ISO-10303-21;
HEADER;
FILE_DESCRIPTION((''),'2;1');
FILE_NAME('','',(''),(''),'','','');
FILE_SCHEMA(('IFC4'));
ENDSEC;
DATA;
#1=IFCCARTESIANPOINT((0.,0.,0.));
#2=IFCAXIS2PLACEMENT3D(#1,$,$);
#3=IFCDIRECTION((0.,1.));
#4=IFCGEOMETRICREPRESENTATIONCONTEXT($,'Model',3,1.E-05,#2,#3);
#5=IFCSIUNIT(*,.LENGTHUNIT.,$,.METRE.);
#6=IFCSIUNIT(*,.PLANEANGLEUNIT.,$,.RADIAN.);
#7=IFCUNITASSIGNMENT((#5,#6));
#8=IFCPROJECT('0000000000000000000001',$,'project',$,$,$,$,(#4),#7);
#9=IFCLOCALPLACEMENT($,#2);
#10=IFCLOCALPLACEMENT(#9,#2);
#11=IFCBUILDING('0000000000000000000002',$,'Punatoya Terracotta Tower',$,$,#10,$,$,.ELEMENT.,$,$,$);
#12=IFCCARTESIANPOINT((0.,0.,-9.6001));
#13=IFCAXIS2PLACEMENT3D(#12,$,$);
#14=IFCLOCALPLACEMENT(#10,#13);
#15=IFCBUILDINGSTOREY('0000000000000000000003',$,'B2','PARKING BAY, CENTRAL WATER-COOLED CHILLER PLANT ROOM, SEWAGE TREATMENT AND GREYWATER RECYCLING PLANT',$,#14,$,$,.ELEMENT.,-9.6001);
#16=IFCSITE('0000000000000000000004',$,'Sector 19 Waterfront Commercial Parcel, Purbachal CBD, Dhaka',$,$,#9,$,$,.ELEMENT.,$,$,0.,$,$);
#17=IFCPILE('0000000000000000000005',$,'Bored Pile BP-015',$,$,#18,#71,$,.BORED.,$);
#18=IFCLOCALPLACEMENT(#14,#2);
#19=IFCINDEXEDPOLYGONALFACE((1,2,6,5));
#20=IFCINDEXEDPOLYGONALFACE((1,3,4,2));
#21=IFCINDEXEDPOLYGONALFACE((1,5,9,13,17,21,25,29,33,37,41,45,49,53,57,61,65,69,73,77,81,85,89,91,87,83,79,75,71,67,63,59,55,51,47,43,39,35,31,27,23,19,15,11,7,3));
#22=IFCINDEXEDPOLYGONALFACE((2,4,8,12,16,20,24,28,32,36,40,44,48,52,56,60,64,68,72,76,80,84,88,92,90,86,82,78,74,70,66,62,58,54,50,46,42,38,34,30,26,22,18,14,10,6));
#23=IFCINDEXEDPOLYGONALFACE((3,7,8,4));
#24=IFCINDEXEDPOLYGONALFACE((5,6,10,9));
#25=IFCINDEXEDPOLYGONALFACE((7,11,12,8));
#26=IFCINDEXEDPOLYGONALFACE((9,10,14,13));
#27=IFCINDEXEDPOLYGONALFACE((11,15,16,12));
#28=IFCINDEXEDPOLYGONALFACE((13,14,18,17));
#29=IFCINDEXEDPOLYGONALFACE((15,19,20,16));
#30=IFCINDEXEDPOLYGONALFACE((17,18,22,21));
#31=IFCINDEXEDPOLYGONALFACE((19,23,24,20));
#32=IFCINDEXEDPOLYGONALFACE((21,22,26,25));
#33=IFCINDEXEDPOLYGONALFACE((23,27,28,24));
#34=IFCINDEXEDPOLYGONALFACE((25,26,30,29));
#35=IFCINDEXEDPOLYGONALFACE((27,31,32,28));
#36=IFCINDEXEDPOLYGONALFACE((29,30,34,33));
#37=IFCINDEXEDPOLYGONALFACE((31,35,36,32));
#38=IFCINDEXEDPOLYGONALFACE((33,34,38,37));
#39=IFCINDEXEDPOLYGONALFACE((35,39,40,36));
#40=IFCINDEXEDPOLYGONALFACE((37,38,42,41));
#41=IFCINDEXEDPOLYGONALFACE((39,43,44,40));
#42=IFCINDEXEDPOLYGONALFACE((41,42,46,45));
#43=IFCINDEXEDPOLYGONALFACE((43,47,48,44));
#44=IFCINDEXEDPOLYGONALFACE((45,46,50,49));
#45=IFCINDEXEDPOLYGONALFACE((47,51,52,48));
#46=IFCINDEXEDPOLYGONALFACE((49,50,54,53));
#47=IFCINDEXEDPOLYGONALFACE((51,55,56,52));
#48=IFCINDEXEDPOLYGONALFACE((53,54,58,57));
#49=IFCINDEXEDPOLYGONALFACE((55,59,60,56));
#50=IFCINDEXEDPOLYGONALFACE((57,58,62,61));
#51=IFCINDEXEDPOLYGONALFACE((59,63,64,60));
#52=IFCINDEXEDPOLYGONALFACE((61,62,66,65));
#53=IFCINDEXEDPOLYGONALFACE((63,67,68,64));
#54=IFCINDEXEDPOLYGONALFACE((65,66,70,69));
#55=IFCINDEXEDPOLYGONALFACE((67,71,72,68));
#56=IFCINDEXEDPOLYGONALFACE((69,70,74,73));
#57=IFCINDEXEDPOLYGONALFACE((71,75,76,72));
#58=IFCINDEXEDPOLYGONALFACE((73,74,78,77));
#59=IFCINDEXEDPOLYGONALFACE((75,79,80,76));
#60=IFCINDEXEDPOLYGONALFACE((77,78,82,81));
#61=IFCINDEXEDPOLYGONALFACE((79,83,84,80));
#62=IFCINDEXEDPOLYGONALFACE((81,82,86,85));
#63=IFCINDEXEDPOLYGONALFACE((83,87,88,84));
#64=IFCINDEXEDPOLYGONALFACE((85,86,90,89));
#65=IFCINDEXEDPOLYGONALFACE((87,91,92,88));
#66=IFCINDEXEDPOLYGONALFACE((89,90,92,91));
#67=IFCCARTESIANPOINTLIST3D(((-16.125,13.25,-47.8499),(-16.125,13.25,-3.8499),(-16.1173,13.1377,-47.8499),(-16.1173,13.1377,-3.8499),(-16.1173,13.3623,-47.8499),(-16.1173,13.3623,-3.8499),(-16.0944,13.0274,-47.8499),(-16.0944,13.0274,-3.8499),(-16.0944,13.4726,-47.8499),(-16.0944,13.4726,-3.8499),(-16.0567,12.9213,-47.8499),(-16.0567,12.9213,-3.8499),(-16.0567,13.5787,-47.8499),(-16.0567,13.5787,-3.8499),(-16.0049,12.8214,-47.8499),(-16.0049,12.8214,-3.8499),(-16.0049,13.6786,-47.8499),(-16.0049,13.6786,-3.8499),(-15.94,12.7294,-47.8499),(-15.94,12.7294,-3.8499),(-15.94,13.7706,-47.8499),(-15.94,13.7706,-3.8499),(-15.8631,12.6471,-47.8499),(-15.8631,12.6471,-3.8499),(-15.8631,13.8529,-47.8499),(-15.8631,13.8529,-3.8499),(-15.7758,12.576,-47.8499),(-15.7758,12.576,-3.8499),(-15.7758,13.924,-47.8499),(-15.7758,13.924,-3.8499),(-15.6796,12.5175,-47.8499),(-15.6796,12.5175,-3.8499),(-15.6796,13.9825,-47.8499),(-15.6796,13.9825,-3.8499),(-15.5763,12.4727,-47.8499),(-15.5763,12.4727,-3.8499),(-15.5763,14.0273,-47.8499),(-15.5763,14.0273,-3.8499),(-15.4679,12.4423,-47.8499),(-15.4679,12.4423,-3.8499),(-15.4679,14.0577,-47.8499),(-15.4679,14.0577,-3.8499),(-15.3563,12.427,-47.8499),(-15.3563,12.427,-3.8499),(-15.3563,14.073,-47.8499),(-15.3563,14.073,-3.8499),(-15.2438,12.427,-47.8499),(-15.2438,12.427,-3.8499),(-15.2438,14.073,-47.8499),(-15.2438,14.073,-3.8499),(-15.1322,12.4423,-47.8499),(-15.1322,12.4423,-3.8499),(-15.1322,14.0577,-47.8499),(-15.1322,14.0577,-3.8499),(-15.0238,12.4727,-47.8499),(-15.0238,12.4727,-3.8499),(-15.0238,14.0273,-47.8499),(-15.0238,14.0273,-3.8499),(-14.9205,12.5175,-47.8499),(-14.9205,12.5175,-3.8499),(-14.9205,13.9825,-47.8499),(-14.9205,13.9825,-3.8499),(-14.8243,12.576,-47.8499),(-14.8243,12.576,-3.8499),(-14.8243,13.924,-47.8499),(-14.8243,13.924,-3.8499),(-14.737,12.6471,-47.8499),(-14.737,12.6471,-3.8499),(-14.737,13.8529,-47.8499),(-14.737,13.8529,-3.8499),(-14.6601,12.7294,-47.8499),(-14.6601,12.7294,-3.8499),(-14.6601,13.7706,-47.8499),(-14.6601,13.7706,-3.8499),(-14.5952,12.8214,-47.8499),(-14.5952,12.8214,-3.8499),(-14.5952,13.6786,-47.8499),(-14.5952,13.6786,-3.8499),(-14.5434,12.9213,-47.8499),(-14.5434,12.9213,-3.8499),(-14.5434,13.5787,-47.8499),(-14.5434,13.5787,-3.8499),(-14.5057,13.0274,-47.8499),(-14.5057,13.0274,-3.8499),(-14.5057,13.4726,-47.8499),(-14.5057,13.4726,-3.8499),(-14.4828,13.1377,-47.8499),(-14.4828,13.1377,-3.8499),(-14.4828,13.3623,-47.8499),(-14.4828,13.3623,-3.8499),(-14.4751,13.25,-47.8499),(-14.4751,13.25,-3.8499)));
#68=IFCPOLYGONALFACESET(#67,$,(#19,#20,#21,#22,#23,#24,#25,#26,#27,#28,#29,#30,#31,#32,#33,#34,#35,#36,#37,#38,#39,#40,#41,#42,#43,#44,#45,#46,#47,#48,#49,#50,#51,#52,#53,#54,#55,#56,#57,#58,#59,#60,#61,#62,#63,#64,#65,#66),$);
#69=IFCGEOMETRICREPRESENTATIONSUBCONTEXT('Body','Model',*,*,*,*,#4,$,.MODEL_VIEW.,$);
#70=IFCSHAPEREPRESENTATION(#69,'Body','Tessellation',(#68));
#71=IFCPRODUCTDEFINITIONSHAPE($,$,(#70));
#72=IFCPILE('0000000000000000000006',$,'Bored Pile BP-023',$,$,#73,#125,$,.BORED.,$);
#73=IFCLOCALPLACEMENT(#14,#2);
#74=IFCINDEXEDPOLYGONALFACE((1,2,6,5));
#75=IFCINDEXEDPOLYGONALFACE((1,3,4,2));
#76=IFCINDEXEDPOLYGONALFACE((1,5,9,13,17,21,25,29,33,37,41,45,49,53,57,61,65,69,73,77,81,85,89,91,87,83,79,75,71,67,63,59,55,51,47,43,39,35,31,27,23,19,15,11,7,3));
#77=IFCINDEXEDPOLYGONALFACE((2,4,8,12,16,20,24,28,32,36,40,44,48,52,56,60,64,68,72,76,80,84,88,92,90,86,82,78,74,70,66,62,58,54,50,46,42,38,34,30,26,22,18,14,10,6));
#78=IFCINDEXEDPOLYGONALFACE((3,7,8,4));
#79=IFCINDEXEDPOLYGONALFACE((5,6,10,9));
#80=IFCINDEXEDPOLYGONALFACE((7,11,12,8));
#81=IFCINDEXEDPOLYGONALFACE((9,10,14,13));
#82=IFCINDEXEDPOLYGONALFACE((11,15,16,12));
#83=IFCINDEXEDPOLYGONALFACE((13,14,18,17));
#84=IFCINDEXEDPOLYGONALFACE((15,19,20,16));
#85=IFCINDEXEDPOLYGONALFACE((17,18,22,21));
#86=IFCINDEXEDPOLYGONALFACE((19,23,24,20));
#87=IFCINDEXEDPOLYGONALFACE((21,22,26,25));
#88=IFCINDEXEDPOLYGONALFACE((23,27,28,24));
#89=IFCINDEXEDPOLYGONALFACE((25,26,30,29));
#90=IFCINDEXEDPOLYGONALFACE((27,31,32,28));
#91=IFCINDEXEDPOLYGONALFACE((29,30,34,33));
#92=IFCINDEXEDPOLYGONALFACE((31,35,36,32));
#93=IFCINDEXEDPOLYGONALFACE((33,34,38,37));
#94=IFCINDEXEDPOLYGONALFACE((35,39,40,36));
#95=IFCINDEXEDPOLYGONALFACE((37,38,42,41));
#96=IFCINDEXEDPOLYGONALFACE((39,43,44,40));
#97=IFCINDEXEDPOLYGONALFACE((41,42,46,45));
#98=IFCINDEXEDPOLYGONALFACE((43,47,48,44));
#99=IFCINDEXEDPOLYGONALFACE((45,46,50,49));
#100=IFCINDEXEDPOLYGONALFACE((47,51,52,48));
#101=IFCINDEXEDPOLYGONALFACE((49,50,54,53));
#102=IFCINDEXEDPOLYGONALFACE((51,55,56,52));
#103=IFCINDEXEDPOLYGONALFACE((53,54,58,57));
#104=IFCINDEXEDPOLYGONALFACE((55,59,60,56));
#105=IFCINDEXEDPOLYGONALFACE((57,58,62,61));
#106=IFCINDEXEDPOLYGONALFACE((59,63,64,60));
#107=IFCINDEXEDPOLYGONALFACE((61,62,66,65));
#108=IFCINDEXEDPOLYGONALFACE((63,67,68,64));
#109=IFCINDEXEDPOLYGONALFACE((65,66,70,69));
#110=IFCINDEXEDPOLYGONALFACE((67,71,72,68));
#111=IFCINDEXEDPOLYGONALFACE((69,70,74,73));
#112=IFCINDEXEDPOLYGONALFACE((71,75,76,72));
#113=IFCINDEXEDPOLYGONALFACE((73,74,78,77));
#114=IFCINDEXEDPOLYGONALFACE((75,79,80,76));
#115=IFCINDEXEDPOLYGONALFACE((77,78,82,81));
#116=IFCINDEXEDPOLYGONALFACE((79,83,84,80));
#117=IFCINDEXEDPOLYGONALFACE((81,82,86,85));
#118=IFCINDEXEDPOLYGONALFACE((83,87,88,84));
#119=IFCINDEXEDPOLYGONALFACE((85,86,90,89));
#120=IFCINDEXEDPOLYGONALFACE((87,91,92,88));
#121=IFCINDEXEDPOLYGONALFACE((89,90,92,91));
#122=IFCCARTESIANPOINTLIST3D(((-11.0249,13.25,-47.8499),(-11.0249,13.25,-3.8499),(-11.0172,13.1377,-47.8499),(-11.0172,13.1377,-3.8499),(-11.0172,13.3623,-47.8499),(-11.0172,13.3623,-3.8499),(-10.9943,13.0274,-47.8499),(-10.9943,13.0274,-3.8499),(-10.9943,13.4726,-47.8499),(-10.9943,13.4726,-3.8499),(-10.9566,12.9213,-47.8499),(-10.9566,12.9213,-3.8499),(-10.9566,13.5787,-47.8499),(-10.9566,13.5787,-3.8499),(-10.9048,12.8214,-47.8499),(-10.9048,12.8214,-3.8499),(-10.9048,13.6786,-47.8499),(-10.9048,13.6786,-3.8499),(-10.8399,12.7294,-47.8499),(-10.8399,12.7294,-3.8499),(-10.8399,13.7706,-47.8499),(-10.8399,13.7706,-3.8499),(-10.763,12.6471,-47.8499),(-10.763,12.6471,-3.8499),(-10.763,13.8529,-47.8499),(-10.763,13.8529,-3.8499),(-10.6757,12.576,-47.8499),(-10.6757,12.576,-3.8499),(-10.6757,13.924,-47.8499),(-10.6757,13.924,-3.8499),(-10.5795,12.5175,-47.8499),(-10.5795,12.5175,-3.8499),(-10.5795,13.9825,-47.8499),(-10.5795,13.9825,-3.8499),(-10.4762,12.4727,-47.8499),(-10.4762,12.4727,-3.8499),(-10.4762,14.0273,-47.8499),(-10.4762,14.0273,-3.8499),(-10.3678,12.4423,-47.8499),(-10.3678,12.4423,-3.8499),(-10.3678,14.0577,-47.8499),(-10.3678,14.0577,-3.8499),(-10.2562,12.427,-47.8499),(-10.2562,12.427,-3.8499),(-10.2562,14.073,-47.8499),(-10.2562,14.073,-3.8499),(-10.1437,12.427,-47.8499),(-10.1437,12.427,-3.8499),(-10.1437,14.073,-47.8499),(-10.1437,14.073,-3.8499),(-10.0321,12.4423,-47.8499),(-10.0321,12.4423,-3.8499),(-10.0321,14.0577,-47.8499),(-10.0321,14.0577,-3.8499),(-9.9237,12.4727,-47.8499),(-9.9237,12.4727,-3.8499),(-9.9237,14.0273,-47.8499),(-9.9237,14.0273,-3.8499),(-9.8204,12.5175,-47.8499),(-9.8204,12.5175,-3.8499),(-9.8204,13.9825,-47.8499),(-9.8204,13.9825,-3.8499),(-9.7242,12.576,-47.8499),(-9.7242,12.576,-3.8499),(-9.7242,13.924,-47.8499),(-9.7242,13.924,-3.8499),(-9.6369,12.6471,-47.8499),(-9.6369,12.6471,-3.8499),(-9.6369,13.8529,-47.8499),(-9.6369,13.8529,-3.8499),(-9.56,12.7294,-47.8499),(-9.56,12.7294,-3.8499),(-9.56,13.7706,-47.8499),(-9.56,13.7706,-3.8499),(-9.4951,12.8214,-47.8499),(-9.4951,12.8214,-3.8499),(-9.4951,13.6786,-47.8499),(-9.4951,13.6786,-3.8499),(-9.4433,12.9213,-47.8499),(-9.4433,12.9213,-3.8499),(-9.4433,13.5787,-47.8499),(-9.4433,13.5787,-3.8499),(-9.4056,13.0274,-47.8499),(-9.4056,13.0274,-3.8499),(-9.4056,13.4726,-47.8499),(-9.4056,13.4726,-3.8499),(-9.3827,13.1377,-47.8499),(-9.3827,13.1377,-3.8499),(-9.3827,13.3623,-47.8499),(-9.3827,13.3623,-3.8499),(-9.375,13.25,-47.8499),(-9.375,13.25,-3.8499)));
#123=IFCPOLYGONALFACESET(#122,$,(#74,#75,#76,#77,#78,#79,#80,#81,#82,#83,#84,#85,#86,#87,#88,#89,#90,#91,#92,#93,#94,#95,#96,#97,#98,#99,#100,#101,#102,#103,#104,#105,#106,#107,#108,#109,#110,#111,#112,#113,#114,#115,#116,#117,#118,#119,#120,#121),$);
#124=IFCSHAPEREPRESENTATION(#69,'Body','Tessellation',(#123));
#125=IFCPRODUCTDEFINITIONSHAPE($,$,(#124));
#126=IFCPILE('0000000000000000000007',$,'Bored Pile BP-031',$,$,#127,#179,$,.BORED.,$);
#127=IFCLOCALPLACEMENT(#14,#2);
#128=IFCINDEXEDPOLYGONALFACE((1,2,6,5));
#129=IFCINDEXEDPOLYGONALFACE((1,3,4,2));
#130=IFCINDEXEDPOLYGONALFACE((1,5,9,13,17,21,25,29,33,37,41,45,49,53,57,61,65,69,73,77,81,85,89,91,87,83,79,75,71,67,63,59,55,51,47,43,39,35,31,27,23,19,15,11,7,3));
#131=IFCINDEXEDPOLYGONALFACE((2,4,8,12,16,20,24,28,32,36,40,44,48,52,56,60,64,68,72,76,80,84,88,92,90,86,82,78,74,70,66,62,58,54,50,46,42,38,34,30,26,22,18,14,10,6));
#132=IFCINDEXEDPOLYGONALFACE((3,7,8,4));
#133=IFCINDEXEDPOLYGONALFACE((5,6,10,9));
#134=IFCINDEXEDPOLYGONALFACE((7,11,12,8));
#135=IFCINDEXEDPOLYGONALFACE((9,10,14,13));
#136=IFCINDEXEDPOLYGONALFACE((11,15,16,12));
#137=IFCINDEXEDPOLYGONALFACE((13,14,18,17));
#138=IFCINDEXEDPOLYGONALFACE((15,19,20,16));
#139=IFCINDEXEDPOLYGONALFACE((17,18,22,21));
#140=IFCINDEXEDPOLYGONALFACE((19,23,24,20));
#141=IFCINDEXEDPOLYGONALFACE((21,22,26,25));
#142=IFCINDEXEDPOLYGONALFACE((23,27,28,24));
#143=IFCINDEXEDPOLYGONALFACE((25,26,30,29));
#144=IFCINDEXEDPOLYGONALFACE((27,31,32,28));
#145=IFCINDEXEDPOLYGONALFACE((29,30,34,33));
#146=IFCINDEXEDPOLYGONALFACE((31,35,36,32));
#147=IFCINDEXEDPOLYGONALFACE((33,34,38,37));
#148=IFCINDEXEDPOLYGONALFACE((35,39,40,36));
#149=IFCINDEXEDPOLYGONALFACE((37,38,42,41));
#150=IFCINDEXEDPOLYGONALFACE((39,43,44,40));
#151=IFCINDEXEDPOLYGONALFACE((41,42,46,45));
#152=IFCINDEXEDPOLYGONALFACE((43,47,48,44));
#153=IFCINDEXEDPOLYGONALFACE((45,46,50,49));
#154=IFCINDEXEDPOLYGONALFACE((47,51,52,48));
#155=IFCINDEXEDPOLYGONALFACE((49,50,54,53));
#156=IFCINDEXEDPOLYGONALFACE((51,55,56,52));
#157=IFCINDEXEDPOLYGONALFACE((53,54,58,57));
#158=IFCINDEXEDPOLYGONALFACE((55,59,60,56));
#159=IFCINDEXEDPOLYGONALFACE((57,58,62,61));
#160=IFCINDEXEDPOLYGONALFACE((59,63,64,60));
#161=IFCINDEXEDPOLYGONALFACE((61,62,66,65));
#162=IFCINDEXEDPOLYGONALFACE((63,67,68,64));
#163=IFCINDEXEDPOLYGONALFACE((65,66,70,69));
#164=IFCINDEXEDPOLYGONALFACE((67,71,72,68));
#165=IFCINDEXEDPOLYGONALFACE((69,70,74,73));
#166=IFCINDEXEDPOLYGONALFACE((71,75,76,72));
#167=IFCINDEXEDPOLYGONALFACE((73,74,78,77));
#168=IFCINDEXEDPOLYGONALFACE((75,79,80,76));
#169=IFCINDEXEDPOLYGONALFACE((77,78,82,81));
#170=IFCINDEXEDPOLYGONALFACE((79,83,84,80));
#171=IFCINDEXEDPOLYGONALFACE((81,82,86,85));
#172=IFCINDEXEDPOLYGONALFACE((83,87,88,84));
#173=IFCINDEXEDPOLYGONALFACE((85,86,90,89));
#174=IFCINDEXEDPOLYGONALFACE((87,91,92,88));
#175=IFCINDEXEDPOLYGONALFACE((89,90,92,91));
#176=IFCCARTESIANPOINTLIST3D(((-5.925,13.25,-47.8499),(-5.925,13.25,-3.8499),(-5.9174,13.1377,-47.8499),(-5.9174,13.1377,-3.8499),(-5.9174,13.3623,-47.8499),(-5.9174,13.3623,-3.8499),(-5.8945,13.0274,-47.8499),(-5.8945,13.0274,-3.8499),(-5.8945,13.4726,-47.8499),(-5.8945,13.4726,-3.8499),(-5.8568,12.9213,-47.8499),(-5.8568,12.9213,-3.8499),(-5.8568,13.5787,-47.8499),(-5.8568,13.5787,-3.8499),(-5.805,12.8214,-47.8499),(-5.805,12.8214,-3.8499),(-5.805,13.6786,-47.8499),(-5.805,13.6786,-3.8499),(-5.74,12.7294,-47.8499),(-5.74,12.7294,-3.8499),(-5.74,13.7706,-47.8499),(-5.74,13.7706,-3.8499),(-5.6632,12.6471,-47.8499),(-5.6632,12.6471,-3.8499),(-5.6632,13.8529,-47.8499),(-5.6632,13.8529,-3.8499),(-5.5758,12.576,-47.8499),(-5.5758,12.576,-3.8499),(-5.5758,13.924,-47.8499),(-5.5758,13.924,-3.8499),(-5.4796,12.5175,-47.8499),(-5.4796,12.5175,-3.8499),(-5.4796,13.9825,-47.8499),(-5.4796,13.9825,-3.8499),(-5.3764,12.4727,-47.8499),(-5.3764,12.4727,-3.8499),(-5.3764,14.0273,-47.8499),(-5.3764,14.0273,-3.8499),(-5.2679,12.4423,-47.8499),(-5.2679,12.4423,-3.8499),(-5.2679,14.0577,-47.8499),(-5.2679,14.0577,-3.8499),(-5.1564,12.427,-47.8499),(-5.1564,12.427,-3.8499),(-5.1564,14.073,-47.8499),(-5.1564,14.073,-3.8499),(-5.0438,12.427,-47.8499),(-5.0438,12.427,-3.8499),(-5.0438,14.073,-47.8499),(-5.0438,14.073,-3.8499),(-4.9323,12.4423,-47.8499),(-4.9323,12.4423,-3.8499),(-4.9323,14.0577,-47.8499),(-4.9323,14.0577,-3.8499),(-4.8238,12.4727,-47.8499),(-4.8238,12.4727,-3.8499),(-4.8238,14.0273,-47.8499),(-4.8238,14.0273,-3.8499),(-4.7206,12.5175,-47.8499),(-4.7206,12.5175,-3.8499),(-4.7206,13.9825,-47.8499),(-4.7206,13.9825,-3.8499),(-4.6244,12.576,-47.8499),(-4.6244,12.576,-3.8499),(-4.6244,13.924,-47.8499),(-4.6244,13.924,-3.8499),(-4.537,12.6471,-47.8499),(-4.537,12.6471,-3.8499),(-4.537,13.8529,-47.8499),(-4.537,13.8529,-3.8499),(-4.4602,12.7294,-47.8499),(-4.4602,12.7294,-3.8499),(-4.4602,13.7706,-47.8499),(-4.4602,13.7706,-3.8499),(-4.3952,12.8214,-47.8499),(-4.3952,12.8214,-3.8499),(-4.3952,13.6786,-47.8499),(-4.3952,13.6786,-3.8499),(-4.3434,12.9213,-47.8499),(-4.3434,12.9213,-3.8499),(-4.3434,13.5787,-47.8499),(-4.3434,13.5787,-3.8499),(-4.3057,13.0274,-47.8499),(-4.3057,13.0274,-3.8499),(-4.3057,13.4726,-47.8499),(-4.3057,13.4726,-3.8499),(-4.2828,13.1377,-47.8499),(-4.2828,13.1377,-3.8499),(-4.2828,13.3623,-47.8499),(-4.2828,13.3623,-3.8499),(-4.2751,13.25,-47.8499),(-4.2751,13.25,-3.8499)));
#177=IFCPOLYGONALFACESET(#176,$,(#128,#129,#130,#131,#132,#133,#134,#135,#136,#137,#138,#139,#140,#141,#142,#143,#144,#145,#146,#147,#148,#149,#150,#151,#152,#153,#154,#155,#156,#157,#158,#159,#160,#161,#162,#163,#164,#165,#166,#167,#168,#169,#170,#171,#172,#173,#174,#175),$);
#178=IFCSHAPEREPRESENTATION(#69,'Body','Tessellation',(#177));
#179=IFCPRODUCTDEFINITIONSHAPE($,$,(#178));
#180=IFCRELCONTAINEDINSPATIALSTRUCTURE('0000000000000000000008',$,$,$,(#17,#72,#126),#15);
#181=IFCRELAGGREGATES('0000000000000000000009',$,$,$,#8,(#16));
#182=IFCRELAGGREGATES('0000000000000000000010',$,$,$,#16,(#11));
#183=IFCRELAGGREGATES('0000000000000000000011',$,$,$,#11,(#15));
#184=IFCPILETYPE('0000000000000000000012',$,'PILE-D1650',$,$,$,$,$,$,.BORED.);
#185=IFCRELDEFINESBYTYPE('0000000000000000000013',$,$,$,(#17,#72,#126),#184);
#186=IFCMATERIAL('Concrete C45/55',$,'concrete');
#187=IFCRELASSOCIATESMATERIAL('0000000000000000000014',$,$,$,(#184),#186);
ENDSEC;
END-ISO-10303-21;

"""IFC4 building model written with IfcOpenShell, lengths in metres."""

from ifc_helpers import new_model, si_unit, direction, frame, origin, origin_2d, place, context, subcontext, project, spatial, circle, extrude, material, material_profile, profile_set, type_object, element, save


model = new_model("IFC4")

# Units and contexts
model_context = context("Model", 3, precision=1e-05, world=origin(), true_north=direction((0.0, 1.0)))
body_context = subcontext(model_context, "Body", "Model", "MODEL_VIEW")
ifc_project = project(units=[si_unit("LENGTHUNIT", "METRE"), si_unit("PLANEANGLEUNIT", "RADIAN")], contexts=[model_context])

# Site, building, storey
site_placement = place(None, origin())
site = spatial("IfcSite", under=ifc_project, at=site_placement, Name="Sector 19 Waterfront Commercial Parcel, Purbachal CBD, Dhaka", CompositionType="ELEMENT", RefElevation=0.0)
building_placement = place(site_placement, origin())
building = spatial("IfcBuilding", under=site, at=building_placement, Name="Punatoya Terracotta Tower", CompositionType="ELEMENT")
storey_placement = place(building_placement, frame((0.0, 0.0, -9.6001)))
storey = spatial("IfcBuildingStorey", under=building, at=storey_placement, Name="B2", Description="PARKING BAY, CENTRAL WATER-COOLED CHILLER PLANT ROOM, SEWAGE TREATMENT AND GREYWATER RECYCLING PLANT", CompositionType="ELEMENT", Elevation=-9.6001)

# Shared definitions
ifc_material_1 = material(Name="Concrete C45/55", Category="concrete")

# Piles
ifc_material_profile_1 = material_profile(ifc_material_1, circle(Radius=0.825, at=origin_2d()))
ifc_profile_set_1 = profile_set([ifc_material_profile_1], Name="Concrete C45/55")
pile_type_1 = type_object("IfcPileType", Name="PILE-D1650", PredefinedType="BORED", material=ifc_profile_set_1)
for number, where, z_axis, x_axis, name in (
    (1, (-15.3, 13.25, -3.8499), (0.0, 0.0, -1.0), (1.0, 0.0, 0.0), "Bored Pile BP-015"),
    (2, (-10.2, 13.25, -3.8499), (0.0, 0.0, -1.0), (1.0, 0.0, 0.0), "Bored Pile BP-023"),
    (3, (-5.1001, 13.25, -3.8499), (0.0, 0.0, -1.0), (1.0, 0.0, 0.0), "Bored Pile BP-031"),
):
    element("IfcPile", number, at=place(storey_placement, frame(where, z_axis=z_axis, x_axis=x_axis)), inside=storey, type_object=pile_type_1, Name=name, PredefinedType="BORED", context=body_context, shape_type="SweptSolid", body=[
        extrude(circle(Radius=0.825, at=origin_2d()), origin(), (0.0, 0.0, 1.0), 44.0),
    ])

save(model, "model.ifc")
